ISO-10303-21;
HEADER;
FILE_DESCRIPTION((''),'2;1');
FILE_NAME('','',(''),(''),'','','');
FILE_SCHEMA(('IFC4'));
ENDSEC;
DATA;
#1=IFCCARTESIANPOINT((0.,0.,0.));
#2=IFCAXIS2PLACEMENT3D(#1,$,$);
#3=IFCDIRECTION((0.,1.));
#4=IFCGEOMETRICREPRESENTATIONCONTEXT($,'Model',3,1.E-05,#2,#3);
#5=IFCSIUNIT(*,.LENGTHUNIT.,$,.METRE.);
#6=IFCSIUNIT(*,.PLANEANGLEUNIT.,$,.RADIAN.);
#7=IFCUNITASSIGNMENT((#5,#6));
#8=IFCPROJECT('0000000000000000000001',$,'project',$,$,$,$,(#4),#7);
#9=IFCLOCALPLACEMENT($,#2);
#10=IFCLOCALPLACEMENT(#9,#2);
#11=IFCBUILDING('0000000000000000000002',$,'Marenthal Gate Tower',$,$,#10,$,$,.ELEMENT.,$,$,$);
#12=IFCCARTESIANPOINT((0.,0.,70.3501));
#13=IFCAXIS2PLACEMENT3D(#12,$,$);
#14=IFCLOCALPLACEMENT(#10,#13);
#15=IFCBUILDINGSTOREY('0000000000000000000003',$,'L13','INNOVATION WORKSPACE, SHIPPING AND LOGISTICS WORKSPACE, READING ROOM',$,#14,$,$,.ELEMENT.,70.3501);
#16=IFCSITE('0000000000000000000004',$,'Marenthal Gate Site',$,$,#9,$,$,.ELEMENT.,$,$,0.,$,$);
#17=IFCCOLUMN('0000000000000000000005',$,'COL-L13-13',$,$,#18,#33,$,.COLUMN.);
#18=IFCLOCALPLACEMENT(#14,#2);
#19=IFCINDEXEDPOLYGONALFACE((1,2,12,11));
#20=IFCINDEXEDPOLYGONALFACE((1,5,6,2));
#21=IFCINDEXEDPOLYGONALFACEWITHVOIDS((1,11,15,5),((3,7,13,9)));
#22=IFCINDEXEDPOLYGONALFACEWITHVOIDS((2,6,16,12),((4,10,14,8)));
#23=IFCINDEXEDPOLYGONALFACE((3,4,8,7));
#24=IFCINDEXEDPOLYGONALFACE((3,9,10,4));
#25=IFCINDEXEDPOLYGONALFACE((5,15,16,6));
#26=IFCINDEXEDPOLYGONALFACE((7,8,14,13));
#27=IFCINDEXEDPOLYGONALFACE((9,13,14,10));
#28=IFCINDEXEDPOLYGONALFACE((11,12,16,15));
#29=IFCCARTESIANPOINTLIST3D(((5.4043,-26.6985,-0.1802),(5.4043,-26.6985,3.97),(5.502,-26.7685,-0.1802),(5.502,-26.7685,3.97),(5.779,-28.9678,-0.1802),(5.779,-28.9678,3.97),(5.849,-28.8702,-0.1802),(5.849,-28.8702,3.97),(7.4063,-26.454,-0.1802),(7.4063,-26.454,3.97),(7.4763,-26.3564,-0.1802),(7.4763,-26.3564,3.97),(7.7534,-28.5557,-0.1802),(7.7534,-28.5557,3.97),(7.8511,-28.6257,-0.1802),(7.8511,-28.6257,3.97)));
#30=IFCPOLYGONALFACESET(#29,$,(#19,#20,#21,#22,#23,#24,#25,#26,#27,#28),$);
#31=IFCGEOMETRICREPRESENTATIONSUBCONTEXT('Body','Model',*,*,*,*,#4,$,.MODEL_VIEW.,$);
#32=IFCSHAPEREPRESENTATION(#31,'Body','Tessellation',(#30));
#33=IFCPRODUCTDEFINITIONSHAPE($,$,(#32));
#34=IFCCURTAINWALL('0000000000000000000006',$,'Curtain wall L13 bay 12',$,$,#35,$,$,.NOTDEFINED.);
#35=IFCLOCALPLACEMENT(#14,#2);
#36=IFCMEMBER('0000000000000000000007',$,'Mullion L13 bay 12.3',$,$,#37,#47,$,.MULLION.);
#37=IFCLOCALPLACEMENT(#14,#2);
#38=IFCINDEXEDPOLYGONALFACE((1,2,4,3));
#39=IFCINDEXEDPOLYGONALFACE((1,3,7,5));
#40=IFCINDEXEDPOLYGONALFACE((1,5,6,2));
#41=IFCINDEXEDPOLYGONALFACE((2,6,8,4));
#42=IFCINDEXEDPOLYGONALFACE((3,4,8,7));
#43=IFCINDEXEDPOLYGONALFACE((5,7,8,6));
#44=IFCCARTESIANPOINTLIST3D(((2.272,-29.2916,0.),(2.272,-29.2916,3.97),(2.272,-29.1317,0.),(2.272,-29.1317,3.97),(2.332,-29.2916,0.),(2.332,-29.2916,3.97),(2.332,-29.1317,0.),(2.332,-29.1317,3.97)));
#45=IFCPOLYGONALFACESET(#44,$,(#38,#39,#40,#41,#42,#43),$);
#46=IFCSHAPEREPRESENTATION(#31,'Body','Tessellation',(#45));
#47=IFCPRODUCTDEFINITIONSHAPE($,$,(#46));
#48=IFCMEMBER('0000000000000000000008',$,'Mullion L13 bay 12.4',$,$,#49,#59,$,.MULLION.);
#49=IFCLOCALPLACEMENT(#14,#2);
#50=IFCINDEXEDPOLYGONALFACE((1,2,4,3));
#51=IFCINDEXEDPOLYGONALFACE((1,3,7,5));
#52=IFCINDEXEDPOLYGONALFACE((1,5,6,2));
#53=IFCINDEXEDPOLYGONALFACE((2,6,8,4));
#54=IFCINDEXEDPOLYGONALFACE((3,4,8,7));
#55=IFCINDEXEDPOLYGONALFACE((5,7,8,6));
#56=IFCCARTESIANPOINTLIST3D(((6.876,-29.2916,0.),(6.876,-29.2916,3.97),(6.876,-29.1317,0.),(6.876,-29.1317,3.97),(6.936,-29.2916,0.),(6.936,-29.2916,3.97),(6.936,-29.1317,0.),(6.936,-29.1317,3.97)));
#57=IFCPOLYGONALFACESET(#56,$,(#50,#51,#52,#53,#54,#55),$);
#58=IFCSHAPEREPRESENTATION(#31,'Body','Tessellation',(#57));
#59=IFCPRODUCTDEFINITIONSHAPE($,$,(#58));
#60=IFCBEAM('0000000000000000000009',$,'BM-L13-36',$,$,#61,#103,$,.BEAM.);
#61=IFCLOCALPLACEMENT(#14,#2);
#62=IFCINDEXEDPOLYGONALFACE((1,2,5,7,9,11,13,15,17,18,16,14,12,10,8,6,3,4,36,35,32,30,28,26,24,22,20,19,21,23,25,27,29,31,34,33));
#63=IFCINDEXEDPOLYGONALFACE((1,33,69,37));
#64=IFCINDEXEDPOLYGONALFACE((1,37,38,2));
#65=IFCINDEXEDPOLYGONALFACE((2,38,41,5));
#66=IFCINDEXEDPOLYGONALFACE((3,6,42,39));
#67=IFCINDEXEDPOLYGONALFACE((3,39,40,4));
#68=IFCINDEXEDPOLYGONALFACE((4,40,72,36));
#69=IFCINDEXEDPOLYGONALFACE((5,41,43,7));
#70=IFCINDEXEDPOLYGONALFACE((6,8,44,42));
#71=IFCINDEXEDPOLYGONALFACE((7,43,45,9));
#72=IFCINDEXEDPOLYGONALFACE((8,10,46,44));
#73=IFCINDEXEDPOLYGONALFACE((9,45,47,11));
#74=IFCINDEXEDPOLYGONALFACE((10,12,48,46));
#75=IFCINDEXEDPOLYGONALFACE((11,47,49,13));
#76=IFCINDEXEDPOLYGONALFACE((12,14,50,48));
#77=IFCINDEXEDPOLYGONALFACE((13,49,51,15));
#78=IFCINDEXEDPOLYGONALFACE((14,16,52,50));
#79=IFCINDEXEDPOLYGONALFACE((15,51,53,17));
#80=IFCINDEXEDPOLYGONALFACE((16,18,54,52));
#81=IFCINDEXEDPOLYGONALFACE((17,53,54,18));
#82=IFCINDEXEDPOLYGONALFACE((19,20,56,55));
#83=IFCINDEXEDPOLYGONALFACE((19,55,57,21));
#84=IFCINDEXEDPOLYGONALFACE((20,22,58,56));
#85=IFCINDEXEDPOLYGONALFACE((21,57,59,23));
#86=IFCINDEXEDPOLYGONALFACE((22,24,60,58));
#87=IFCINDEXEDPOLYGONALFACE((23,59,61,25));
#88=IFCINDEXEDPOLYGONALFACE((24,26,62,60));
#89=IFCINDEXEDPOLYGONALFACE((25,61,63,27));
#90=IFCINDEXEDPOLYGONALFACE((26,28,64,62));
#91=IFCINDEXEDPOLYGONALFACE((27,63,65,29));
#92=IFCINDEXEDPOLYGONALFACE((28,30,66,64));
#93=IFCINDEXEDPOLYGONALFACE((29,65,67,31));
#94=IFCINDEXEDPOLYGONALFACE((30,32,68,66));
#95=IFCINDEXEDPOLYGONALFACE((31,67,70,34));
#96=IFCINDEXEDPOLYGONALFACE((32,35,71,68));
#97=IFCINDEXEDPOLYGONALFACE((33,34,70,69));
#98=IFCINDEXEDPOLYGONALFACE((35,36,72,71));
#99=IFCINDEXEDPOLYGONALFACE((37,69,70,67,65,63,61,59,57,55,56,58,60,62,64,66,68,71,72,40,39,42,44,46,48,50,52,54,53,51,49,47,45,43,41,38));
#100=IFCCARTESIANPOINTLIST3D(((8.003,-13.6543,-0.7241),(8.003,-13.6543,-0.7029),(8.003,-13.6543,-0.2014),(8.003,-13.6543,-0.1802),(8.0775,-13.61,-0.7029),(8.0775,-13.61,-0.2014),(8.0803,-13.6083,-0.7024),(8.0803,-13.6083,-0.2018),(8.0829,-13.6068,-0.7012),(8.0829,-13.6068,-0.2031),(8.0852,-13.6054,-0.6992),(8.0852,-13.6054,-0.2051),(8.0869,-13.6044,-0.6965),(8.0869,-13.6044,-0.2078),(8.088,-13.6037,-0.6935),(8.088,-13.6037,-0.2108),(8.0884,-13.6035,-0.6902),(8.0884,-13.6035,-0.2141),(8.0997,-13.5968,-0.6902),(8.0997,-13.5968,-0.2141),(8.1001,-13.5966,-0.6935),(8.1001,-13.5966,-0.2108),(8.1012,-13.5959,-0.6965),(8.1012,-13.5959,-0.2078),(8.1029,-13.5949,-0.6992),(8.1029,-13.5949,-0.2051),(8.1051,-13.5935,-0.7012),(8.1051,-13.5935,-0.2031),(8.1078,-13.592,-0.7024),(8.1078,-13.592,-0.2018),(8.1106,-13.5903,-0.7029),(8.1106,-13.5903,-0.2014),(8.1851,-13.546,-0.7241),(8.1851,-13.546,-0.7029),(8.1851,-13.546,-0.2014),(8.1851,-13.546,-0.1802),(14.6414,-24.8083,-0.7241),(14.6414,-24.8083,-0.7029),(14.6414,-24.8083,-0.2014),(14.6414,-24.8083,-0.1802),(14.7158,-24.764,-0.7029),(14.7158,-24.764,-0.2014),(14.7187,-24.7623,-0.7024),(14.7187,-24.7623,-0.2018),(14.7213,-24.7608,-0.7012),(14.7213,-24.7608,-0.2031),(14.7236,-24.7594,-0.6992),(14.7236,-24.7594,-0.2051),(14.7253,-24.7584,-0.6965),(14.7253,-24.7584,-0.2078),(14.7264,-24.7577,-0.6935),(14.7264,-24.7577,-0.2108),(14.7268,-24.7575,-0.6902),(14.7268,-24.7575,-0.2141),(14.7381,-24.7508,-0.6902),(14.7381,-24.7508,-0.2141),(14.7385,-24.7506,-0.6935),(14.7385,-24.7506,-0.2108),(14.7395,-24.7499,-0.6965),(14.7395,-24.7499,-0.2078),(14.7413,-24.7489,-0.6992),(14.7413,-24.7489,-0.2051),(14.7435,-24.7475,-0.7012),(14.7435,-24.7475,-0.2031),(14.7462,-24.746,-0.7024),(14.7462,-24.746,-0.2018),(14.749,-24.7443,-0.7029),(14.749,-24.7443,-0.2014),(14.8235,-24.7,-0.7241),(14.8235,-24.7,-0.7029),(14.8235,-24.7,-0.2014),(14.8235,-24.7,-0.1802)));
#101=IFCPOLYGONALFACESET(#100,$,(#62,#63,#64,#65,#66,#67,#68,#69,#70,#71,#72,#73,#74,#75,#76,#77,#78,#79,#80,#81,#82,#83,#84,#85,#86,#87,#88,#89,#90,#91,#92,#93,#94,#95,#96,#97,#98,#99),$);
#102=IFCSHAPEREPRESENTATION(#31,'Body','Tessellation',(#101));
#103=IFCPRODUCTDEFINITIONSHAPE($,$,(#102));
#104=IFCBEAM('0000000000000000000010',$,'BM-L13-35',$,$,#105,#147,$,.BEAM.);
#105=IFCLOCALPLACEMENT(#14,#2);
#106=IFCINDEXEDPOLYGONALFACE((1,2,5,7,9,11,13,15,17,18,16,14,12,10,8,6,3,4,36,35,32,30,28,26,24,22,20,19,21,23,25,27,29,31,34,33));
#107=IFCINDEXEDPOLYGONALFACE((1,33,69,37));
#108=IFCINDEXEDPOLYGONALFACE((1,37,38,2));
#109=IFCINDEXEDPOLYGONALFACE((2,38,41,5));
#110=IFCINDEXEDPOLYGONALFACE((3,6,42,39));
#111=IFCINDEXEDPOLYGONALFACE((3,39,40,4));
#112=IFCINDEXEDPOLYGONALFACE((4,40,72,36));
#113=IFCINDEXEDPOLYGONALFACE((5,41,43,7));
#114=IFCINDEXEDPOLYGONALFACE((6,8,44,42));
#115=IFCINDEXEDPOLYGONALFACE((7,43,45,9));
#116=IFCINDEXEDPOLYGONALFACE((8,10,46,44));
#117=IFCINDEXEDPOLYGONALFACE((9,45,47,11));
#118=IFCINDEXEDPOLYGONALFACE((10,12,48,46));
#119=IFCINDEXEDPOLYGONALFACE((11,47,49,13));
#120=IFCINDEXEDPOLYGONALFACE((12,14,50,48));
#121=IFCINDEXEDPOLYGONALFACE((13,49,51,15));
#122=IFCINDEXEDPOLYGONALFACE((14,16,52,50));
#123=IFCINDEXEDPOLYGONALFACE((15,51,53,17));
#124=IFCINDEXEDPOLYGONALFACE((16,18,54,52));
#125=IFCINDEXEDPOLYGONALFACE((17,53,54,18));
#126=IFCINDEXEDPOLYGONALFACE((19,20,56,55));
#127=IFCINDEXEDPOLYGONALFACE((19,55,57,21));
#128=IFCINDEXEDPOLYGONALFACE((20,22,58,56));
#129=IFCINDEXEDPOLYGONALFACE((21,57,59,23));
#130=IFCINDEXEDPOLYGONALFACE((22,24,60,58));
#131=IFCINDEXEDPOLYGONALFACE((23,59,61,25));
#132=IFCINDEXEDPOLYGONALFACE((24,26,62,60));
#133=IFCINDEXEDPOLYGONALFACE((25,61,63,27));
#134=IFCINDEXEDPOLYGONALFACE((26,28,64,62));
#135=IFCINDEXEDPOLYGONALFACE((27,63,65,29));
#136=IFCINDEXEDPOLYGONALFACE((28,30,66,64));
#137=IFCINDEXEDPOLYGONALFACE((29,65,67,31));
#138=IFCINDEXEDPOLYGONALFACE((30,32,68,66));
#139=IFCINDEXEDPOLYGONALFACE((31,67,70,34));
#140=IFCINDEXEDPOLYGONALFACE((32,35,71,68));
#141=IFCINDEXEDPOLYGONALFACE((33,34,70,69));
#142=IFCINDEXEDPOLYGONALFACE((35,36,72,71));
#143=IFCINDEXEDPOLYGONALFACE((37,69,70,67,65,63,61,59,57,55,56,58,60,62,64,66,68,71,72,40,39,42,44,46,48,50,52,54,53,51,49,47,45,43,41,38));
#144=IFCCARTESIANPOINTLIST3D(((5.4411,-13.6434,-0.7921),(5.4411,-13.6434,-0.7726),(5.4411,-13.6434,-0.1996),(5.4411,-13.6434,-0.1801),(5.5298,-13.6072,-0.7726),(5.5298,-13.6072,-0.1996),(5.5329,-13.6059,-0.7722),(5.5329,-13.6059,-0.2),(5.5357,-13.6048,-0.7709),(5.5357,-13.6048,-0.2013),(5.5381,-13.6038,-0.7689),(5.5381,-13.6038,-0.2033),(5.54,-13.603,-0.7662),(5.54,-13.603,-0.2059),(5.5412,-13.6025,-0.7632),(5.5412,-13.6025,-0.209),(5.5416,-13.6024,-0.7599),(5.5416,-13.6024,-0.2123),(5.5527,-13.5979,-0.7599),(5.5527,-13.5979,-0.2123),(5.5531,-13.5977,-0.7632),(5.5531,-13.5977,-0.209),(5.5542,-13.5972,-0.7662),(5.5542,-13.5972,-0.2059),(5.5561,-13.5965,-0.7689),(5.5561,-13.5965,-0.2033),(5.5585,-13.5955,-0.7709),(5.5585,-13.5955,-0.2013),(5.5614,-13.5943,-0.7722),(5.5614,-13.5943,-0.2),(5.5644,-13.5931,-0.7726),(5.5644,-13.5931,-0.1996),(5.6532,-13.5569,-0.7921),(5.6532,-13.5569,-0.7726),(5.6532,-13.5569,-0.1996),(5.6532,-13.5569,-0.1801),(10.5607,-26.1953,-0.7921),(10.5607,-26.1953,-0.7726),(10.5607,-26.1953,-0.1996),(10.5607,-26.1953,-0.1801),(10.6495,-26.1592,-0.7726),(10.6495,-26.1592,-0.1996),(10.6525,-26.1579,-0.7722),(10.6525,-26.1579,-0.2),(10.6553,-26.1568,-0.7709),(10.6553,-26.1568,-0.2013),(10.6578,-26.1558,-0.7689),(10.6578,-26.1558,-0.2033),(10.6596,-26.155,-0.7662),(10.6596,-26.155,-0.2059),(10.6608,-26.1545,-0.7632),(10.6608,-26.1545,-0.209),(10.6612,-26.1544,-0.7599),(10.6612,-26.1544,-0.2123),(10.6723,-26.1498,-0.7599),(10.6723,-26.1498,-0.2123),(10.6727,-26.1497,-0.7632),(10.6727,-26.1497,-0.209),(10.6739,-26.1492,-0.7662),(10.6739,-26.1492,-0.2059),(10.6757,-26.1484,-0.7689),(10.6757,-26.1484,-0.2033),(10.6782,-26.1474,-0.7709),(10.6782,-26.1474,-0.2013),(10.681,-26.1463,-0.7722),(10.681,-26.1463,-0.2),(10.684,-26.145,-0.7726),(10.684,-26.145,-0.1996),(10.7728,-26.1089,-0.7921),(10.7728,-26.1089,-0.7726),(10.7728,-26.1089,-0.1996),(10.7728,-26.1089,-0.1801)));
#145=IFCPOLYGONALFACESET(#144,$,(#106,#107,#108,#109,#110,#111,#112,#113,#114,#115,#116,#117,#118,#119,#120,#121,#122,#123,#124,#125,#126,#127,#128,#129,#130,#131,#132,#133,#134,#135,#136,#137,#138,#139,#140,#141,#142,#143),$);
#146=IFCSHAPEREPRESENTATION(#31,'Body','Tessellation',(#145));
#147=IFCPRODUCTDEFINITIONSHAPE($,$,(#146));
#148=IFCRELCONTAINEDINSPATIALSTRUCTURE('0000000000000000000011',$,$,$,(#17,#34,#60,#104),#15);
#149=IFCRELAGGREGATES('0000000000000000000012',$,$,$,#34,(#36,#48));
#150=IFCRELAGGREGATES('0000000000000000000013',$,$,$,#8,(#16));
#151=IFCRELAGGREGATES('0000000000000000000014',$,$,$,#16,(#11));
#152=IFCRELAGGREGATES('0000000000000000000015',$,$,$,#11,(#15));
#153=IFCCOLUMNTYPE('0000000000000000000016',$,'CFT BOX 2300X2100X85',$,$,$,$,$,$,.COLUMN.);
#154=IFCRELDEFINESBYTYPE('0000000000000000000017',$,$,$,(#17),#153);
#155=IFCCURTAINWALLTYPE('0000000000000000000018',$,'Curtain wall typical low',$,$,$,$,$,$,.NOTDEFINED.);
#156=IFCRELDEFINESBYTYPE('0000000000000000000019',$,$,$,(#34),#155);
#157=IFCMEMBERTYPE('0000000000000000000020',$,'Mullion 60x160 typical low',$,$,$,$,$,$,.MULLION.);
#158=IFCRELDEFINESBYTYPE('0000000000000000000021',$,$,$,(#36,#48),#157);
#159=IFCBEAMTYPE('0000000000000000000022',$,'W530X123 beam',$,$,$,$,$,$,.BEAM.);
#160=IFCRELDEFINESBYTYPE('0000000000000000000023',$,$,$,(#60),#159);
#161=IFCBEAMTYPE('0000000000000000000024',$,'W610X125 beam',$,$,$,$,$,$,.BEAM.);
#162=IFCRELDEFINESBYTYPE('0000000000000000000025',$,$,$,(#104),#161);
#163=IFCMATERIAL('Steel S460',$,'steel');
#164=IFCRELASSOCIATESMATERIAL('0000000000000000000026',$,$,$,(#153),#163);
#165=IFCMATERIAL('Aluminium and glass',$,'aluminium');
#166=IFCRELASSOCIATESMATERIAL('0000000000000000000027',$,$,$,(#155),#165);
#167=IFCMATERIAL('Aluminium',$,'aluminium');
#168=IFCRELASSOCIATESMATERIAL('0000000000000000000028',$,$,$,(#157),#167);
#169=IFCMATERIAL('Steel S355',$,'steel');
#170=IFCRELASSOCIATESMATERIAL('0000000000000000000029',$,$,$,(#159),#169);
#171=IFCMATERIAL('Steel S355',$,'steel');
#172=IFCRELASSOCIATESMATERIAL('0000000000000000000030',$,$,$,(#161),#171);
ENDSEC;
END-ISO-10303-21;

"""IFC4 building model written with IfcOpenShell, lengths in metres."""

from ifc_helpers import new_model, si_unit, direction, frame, origin, origin_2d, place, context, subcontext, project, spatial, rectangle, hollow_rectangle, i_section, extrude, material, material_profile, profile_set, type_object, element, aggregate, save


model = new_model("IFC4")

# Units and contexts
model_context = context("Model", 3, precision=1e-05, world=origin(), true_north=direction((0.0, 1.0)))
body_context = subcontext(model_context, "Body", "Model", "MODEL_VIEW")
ifc_project = project(units=[si_unit("LENGTHUNIT", "METRE"), si_unit("PLANEANGLEUNIT", "RADIAN")], contexts=[model_context])

# Site, building, storey
site_placement = place(None, origin())
site = spatial("IfcSite", under=ifc_project, at=site_placement, Name="Marenthal Gate Site", CompositionType="ELEMENT", RefElevation=0.0)
building_placement = place(site_placement, origin())
building = spatial("IfcBuilding", under=site, at=building_placement, Name="Marenthal Gate Tower", CompositionType="ELEMENT")
storey_placement = place(building_placement, frame((0.0, 0.0, 70.3501)))
storey = spatial("IfcBuildingStorey", under=building, at=storey_placement, Name="L13", Description="INNOVATION WORKSPACE, SHIPPING AND LOGISTICS WORKSPACE, READING ROOM", CompositionType="ELEMENT", Elevation=70.3501)

# Column
ifc_material_1 = material(Name="Steel S460", Category="steel")
ifc_material_profile_1 = material_profile(ifc_material_1, hollow_rectangle(XDim=2.1001, YDim=2.3, WallThickness=0.085, at=origin_2d()), Name="CFT BOX 2300X2100X85")
ifc_material_2 = material(Name="Concrete 70 MPa", Category="concrete")
ifc_material_profile_2 = material_profile(ifc_material_2, rectangle(XDim=1.9299, YDim=2.1299, at=origin_2d()), Name="CFT BOX 2300X2100X85 INFILL")
ifc_profile_set_1 = profile_set([ifc_material_profile_1, ifc_material_profile_2], Name="Steel S460 shell, Concrete 70 MPa infill")
column_type = type_object("IfcColumnType", Name="CFT BOX 2300X2100X85", PredefinedType="COLUMN", material=ifc_profile_set_1)
column_placement = place(storey_placement, frame((6.6277, -27.6621, -0.1802), z_axis=(0.0, 0.0, 1.0), x_axis=(-0.986638, -0.162928, 0.0)))
element("IfcColumn", 1, at=column_placement, inside=storey, type_object=column_type, Name="COL-L13-13", PredefinedType="COLUMN", context=body_context, shape_type="SweptSolid", body=[
    extrude(hollow_rectangle(XDim=2.1001, YDim=2.3, WallThickness=0.085, at=origin_2d()), origin(), (0.0, 0.0, 1.0), 4.1501),
])

# Curtain wall, members
ifc_material_3 = material(Name="Aluminium and glass", Category="aluminium")
curtain_wall_type = type_object("IfcCurtainWallType", Name="Curtain wall typical low", PredefinedType="NOTDEFINED", material=ifc_material_3)
curtain_wall_placement = place(storey_placement, origin())
curtain_wall = element("IfcCurtainWall", 2, at=curtain_wall_placement, inside=storey, type_object=curtain_wall_type, Name="Curtain wall L13 bay 12", PredefinedType="NOTDEFINED")
ifc_material_4 = material(Name="Aluminium", Category="aluminium")
ifc_material_profile_3 = material_profile(ifc_material_4, rectangle(XDim=0.1599, YDim=0.0601, at=origin_2d()), Name="60x160 aluminium mullion")
ifc_profile_set_2 = profile_set([ifc_material_profile_3], Name="Aluminium")
member_type = type_object("IfcMemberType", Name="Mullion 60x160 typical low", PredefinedType="MULLION", material=ifc_profile_set_2)
member_1_placement = place(storey_placement, frame((2.302, -29.2117, 0.0), z_axis=(0.0, 0.0, 1.0), x_axis=(0.0, 1.0, 0.0)))
member_1 = element("IfcMember", 3, at=member_1_placement, type_object=member_type, Name="Mullion L13 bay 12.3", PredefinedType="MULLION", context=body_context, shape_type="SweptSolid", body=[
    extrude(rectangle(XDim=0.1599, YDim=0.0601, at=origin_2d()), origin(), (0.0, 0.0, 1.0), 3.97),
])
member_2_placement = place(storey_placement, frame((6.906, -29.2117, 0.0), z_axis=(0.0, 0.0, 1.0), x_axis=(0.0, 1.0, 0.0)))
member_2 = element("IfcMember", 4, at=member_2_placement, type_object=member_type, Name="Mullion L13 bay 12.4", PredefinedType="MULLION", context=body_context, shape_type="SweptSolid", body=[
    extrude(rectangle(XDim=0.1599, YDim=0.0601, at=origin_2d()), origin(), (0.0, 0.0, 1.0), 3.97),
])

# Beams
ifc_material_5 = material(Name="Steel S355", Category="steel")
ifc_material_profile_4 = material_profile(ifc_material_5, i_section(OverallWidth=0.2119, OverallDepth=0.5439, WebThickness=0.0132, FlangeThickness=0.0212, FilletRadius=0.0127, at=origin_2d()), Name="W530X123")
ifc_profile_set_3 = profile_set([ifc_material_profile_4], Name="Steel S355")
beam_type_1 = type_object("IfcBeamType", Name="W530X123 beam", PredefinedType="BEAM", material=ifc_profile_set_3)
beam_1_placement = place(storey_placement, frame((14.7324, -24.7542, -0.4521), z_axis=(-0.511433, 0.859323, 0.0), x_axis=(-0.859323, -0.511433, 0.0)))
element("IfcBeam", 5, at=beam_1_placement, inside=storey, type_object=beam_type_1, Name="BM-L13-36", PredefinedType="BEAM", context=body_context, shape_type="SweptSolid", body=[
    extrude(i_section(OverallWidth=0.2119, OverallDepth=0.5439, WebThickness=0.0132, FlangeThickness=0.0212, FilletRadius=0.0127, at=origin_2d()), origin(), (0.0, 0.0, 1.0), 12.98),
])
ifc_material_6 = material(Name="Steel S355", Category="steel")
ifc_material_profile_5 = material_profile(ifc_material_6, i_section(OverallWidth=0.229, OverallDepth=0.6121, WebThickness=0.012, FlangeThickness=0.0195, FilletRadius=0.0127, at=origin_2d()), Name="W610X125")
ifc_profile_set_4 = profile_set([ifc_material_profile_5], Name="Steel S355")
beam_type_2 = type_object("IfcBeamType", Name="W610X125 beam", PredefinedType="BEAM", material=ifc_profile_set_4)
beam_2_placement = place(storey_placement, frame((10.6667, -26.1521, -0.4861), z_axis=(-0.377667, 0.925941, 0.0), x_axis=(-0.925941, -0.377667, 0.0)))
element("IfcBeam", 6, at=beam_2_placement, inside=storey, type_object=beam_type_2, Name="BM-L13-35", PredefinedType="BEAM", context=body_context, shape_type="SweptSolid", body=[
    extrude(i_section(OverallWidth=0.229, OverallDepth=0.6121, WebThickness=0.012, FlangeThickness=0.0195, FilletRadius=0.0127, at=origin_2d()), origin(), (0.0, 0.0, 1.0), 13.5559),
])

aggregate(curtain_wall, [member_1, member_2])

save(model, "model.ifc")
